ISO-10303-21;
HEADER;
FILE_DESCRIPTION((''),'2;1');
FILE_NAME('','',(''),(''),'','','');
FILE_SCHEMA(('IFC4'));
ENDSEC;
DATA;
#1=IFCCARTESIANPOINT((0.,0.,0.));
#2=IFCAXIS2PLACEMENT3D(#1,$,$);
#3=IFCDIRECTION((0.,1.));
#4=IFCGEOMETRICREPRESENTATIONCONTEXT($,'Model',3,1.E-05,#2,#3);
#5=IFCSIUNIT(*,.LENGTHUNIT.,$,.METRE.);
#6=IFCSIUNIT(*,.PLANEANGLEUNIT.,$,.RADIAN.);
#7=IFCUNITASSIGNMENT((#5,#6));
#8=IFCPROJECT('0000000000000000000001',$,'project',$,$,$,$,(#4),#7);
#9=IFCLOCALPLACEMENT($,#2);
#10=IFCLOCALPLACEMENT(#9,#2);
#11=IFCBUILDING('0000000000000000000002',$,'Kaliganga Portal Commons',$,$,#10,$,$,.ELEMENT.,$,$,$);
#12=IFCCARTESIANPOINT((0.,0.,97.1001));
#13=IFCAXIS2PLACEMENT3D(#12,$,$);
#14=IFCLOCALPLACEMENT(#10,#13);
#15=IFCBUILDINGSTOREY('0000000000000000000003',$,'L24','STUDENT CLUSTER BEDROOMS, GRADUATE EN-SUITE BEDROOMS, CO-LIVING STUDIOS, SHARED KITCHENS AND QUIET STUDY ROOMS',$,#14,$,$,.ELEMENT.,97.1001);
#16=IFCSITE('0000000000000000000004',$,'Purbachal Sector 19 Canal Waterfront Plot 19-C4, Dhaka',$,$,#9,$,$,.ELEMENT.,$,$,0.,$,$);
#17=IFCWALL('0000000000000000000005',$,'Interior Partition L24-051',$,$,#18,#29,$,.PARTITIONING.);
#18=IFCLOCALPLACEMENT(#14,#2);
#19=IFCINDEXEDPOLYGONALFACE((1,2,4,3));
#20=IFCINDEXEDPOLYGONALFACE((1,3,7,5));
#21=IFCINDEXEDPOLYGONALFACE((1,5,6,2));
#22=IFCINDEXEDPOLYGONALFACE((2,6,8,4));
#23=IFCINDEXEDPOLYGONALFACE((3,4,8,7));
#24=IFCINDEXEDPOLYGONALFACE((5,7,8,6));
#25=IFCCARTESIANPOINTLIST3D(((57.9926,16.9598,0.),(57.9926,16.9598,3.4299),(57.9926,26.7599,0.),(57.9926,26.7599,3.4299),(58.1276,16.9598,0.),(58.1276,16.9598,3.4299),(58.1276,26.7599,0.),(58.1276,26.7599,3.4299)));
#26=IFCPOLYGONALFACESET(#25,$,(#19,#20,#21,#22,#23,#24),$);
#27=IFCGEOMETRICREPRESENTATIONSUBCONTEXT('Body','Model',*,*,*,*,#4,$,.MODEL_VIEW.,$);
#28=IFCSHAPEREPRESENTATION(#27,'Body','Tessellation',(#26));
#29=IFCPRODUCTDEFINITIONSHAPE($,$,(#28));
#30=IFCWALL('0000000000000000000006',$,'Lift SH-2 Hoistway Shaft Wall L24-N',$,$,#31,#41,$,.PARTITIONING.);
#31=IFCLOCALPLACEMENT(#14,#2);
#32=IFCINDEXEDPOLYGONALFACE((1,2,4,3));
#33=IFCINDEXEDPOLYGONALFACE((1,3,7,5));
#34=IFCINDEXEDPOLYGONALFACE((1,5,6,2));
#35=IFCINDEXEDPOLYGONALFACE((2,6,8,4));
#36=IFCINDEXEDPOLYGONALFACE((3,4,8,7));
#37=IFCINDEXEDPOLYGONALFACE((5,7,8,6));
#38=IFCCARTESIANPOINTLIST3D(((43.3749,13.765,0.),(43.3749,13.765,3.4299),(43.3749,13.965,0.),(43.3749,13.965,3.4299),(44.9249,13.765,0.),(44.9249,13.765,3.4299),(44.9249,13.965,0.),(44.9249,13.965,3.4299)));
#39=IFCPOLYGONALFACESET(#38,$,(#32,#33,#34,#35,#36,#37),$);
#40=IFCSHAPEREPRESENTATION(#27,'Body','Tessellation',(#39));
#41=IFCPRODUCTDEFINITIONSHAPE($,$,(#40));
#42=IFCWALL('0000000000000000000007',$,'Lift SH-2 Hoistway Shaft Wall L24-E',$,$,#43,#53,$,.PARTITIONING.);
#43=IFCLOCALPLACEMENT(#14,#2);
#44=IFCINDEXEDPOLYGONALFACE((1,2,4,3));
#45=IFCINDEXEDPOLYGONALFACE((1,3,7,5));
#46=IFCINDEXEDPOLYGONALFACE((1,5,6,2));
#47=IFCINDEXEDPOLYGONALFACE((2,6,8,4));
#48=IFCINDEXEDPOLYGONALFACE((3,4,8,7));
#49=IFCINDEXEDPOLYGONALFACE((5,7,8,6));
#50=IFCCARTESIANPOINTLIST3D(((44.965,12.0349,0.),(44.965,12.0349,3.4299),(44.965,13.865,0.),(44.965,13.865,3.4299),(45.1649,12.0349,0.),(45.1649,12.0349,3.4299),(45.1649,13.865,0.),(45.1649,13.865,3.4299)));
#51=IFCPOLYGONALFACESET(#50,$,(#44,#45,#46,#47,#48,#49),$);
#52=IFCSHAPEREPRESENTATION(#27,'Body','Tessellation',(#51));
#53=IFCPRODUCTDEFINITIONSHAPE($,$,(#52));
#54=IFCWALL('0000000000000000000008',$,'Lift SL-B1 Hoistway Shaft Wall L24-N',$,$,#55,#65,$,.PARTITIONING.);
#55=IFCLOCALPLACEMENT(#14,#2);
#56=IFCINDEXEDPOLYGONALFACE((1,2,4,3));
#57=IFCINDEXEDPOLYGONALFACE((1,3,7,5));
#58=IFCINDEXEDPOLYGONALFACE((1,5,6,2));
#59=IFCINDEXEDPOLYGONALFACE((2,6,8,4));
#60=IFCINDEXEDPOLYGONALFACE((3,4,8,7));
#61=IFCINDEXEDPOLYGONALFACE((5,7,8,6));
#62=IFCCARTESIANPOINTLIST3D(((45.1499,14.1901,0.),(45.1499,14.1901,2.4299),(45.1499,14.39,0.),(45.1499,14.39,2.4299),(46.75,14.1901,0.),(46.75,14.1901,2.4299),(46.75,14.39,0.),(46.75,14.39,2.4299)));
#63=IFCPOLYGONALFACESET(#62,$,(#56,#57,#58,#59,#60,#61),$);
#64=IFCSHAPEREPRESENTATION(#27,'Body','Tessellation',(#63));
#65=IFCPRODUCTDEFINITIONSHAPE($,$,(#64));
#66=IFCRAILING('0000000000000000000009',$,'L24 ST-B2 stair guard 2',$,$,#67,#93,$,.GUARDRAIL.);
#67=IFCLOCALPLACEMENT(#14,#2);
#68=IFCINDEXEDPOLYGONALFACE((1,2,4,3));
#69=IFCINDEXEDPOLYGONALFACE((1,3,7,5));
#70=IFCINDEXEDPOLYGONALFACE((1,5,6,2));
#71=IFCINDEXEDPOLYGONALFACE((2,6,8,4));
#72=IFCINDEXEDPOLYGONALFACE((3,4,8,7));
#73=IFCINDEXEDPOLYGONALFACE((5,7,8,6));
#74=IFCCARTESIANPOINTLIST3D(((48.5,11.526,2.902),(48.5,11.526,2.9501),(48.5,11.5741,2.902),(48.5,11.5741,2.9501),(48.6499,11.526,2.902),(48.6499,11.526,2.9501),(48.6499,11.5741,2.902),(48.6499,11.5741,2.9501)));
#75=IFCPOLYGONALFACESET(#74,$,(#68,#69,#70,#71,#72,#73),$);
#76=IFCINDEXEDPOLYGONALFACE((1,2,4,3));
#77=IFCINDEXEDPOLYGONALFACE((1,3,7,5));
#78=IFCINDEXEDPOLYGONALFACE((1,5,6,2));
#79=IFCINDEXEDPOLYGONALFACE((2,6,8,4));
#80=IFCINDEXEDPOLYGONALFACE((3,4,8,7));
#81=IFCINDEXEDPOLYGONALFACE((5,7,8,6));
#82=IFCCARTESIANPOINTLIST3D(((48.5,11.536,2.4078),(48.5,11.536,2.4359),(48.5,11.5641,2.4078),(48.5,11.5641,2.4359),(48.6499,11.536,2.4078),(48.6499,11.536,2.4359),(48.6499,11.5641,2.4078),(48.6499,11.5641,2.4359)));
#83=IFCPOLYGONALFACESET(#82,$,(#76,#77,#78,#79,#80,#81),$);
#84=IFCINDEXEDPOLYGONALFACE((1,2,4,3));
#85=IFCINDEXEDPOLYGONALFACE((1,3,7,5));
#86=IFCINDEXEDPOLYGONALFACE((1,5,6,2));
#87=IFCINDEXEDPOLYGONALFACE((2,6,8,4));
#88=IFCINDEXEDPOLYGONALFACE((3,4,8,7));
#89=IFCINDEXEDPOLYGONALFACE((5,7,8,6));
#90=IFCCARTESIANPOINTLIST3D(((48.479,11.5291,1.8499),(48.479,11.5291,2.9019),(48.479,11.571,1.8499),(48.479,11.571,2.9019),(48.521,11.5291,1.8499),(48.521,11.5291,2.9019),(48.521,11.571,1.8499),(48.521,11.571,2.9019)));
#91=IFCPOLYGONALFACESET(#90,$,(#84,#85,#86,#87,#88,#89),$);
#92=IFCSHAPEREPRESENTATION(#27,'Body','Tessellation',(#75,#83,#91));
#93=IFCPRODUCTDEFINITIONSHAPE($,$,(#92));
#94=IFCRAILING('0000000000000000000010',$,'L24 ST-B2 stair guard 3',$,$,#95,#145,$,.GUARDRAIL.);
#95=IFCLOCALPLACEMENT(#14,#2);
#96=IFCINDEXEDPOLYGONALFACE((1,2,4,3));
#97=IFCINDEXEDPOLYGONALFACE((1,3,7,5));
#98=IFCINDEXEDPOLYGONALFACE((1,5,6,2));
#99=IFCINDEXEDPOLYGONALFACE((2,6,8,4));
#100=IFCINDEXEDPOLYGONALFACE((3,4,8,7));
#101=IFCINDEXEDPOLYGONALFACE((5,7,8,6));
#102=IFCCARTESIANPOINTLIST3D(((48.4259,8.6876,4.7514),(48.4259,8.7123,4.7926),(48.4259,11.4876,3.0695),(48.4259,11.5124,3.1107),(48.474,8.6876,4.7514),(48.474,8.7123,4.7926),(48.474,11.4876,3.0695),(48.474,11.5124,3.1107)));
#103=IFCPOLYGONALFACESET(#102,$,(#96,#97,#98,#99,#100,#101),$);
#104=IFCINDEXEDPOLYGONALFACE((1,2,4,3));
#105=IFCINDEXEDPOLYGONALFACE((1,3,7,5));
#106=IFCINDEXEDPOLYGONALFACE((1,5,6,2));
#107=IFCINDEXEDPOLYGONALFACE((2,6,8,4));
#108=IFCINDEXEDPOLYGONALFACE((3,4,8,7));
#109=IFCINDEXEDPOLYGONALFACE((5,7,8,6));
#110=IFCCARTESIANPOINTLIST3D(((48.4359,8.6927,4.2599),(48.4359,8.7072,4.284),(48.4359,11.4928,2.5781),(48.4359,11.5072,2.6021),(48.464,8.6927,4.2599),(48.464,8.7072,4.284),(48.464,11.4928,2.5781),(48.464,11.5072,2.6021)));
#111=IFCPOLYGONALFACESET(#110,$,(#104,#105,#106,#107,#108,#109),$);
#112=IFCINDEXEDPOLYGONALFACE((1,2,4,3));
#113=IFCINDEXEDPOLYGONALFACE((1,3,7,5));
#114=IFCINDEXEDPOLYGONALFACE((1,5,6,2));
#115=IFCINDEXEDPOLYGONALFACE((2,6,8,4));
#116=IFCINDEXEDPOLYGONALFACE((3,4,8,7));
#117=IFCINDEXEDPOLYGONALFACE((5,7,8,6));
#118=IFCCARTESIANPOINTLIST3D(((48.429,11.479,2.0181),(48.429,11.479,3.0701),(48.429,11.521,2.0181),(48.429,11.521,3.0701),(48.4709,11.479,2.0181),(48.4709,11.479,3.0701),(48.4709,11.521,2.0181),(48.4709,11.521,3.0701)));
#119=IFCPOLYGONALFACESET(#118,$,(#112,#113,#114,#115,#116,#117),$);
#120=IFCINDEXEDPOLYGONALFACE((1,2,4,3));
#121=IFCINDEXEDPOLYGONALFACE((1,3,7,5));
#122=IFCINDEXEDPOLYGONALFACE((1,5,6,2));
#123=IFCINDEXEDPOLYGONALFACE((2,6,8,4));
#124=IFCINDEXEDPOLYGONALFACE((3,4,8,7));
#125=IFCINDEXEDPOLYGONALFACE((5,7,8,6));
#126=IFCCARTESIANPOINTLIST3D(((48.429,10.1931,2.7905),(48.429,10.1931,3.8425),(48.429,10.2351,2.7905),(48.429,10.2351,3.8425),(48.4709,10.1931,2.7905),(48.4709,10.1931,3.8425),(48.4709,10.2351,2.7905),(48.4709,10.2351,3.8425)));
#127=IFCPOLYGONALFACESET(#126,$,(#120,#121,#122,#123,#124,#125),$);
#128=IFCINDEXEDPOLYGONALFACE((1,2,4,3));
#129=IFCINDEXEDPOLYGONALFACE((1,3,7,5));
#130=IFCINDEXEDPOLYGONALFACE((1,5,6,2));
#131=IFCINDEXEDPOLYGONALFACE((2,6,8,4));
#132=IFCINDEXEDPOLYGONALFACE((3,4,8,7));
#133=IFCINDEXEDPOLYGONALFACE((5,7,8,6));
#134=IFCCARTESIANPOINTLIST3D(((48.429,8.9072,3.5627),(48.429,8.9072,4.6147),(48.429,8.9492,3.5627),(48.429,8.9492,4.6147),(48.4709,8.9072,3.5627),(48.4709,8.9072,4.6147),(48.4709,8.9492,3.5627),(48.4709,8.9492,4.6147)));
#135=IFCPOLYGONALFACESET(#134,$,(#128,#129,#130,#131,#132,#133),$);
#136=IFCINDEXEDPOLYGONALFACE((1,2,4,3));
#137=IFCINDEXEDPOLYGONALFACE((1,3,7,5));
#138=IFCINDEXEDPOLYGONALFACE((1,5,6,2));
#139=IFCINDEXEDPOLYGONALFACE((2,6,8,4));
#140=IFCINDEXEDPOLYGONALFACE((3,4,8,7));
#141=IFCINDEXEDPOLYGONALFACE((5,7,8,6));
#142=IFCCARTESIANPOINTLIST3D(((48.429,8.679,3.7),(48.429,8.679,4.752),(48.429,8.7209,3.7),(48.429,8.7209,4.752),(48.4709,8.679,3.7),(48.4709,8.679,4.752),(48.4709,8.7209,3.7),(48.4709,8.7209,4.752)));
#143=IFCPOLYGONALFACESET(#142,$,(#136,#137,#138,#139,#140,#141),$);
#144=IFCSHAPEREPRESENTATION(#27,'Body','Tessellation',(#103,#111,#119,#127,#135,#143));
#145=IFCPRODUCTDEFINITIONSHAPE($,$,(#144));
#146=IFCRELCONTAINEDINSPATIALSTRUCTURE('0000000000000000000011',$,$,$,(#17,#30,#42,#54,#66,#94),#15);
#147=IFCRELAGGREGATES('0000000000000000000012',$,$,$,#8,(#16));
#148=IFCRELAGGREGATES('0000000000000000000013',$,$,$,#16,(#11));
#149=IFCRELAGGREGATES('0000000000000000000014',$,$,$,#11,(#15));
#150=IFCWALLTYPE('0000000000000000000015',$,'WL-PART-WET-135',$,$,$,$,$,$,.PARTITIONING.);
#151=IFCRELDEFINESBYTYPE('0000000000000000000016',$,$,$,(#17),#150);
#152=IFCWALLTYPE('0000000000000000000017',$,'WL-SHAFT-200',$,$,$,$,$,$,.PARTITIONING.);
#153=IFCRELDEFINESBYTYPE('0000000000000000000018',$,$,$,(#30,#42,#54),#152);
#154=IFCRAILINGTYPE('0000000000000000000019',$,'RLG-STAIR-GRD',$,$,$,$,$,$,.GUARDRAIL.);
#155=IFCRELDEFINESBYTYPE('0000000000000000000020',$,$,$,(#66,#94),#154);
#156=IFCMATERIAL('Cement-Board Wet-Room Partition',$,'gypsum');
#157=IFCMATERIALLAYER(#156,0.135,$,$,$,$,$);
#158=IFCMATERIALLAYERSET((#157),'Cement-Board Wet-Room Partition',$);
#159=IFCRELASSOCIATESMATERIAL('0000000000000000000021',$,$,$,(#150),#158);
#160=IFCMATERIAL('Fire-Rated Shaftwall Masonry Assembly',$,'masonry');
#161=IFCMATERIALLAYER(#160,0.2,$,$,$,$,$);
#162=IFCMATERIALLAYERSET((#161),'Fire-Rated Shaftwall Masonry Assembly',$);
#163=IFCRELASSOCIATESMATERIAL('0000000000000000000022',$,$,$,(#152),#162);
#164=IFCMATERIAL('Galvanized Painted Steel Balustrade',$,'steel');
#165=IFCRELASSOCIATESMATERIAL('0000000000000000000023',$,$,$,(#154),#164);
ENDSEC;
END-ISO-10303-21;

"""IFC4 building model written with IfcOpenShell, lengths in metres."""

from ifc_helpers import new_model, si_unit, direction, frame, frame_2d, origin, origin_2d, place, context, subcontext, project, spatial, rectangle, extrude, material, layer, layer_set, type_object, element, save


model = new_model("IFC4")

# Units and contexts
model_context = context("Model", 3, precision=1e-05, world=origin(), true_north=direction((0.0, 1.0)))
body_context = subcontext(model_context, "Body", "Model", "MODEL_VIEW")
ifc_project = project(units=[si_unit("LENGTHUNIT", "METRE"), si_unit("PLANEANGLEUNIT", "RADIAN")], contexts=[model_context])

# Site, building, storey
site_placement = place(None, origin())
site = spatial("IfcSite", under=ifc_project, at=site_placement, Name="Purbachal Sector 19 Canal Waterfront Plot 19-C4, Dhaka", CompositionType="ELEMENT", RefElevation=0.0)
building_placement = place(site_placement, origin())
building = spatial("IfcBuilding", under=site, at=building_placement, Name="Kaliganga Portal Commons", CompositionType="ELEMENT")
storey_placement = place(building_placement, frame((0.0, 0.0, 97.1001)))
storey = spatial("IfcBuildingStorey", under=building, at=storey_placement, Name="L24", Description="STUDENT CLUSTER BEDROOMS, GRADUATE EN-SUITE BEDROOMS, CO-LIVING STUDIOS, SHARED KITCHENS AND QUIET STUDY ROOMS", CompositionType="ELEMENT", Elevation=97.1001)

# Walls
ifc_material_1 = material(Name="Cement-Board Wet-Room Partition", Category="gypsum")
ifc_layer_1 = layer(ifc_material_1, 0.135)
ifc_layer_set_1 = layer_set([ifc_layer_1], Name="Cement-Board Wet-Room Partition")
wall_type_1 = type_object("IfcWallType", Name="WL-PART-WET-135", PredefinedType="PARTITIONING", material=ifc_layer_set_1)
wall_1_placement = place(storey_placement, frame((58.0601, 16.96, 0.0), z_axis=(0.0, 0.0, 1.0), x_axis=(0.0, 1.0, 0.0)))
element("IfcWall", 1, at=wall_1_placement, inside=storey, type_object=wall_type_1, Name="Interior Partition L24-051", PredefinedType="PARTITIONING", context=body_context, shape_type="SweptSolid", body=[
    extrude(rectangle(XDim=9.8, YDim=0.135, at=frame_2d((4.8999, 0.0))), origin(), (0.0, 0.0, 1.0), 3.4299),
])
ifc_material_2 = material(Name="Fire-Rated Shaftwall Masonry Assembly", Category="masonry")
ifc_layer_2 = layer(ifc_material_2, 0.2)
ifc_layer_set_2 = layer_set([ifc_layer_2], Name="Fire-Rated Shaftwall Masonry Assembly")
wall_type_2 = type_object("IfcWallType", Name="WL-SHAFT-200", PredefinedType="PARTITIONING", material=ifc_layer_set_2)
wall_2_placement = place(storey_placement, frame((43.375, 13.865, 0.0), z_axis=(0.0, 0.0, 1.0), x_axis=(1.0, 0.0, 0.0)))
element("IfcWall", 2, at=wall_2_placement, inside=storey, type_object=wall_type_2, Name="Lift SH-2 Hoistway Shaft Wall L24-N", PredefinedType="PARTITIONING", context=body_context, shape_type="SweptSolid", body=[
    extrude(rectangle(XDim=1.55, YDim=0.2, at=frame_2d((0.7749, 0.0))), origin(), (0.0, 0.0, 1.0), 3.4299),
])
wall_3_placement = place(storey_placement, frame((45.0649, 12.0349, 0.0), z_axis=(0.0, 0.0, 1.0), x_axis=(0.0, 1.0, 0.0)))
element("IfcWall", 3, at=wall_3_placement, inside=storey, type_object=wall_type_2, Name="Lift SH-2 Hoistway Shaft Wall L24-E", PredefinedType="PARTITIONING", context=body_context, shape_type="SweptSolid", body=[
    extrude(rectangle(XDim=1.8301, YDim=0.2, at=frame_2d((0.915, 0.0))), origin(), (0.0, 0.0, 1.0), 3.4299),
])

# Wall
wall_4_placement = place(storey_placement, frame((45.1499, 14.29, 0.0), z_axis=(0.0, 0.0, 1.0), x_axis=(1.0, 0.0, 0.0)))
element("IfcWall", 4, at=wall_4_placement, inside=storey, type_object=wall_type_2, Name="Lift SL-B1 Hoistway Shaft Wall L24-N", PredefinedType="PARTITIONING", context=body_context, shape_type="SweptSolid", body=[
    extrude(rectangle(XDim=1.6001, YDim=0.2, at=frame_2d((0.8, 0.0))), origin(), (0.0, 0.0, 1.0), 2.4299),
])

# Railings
ifc_material_3 = material(Name="Galvanized Painted Steel Balustrade", Category="steel")
railing_type = type_object("IfcRailingType", Name="RLG-STAIR-GRD", PredefinedType="GUARDRAIL", material=ifc_material_3)
railing_1_placement = place(storey_placement, frame((48.6499, 11.55, 1.8499)))
element("IfcRailing", 5, at=railing_1_placement, inside=storey, type_object=railing_type, Name="L24 ST-B2 stair guard 2", PredefinedType="GUARDRAIL", context=body_context, shape_type="SweptSolid", body=[
    extrude(rectangle(XDim=0.0481, YDim=0.0481, at=origin_2d()), frame((0.0, 0.0, 1.0762), z_axis=(-1.0, 0.0, 0.0), x_axis=(0.0, -1.0, 0.0)), (0.0, 0.0, 1.0), 0.1499),
    extrude(rectangle(XDim=0.0281, YDim=0.0281, at=origin_2d()), frame((0.0, 0.0, 0.572), z_axis=(-1.0, 0.0, 0.0), x_axis=(0.0, -1.0, 0.0)), (0.0, 0.0, 1.0), 0.1499),
    extrude(rectangle(XDim=0.042, YDim=0.042, at=origin_2d()), frame((-0.1499, 0.0, 0.0)), (0.0, 0.0, 1.0), 1.052),
])
railing_2_placement = place(storey_placement, frame((48.45, 11.5, 2.0181)))
element("IfcRailing", 6, at=railing_2_placement, inside=storey, type_object=railing_type, Name="L24 ST-B2 stair guard 3", PredefinedType="GUARDRAIL", context=body_context, shape_type="SweptSolid", body=[
    extrude(rectangle(XDim=0.0481, YDim=0.0481, at=origin_2d()), frame((0.0, 0.0, 1.072), z_axis=(0.0, -0.857242, 0.514913), x_axis=(1.0, 0.0, 0.0)), (0.0, 0.0, 1.0), 3.2664),
    extrude(rectangle(XDim=0.0281, YDim=0.0281, at=origin_2d()), frame((0.0, 0.0, 0.572), z_axis=(0.0, -0.857242, 0.514913), x_axis=(1.0, 0.0, 0.0)), (0.0, 0.0, 1.0), 3.2664),
    extrude(rectangle(XDim=0.042, YDim=0.042, at=origin_2d()), origin(), (0.0, 0.0, 1.0), 1.052),
    extrude(rectangle(XDim=0.042, YDim=0.042, at=origin_2d()), frame((0.0, -1.2859, 0.7725)), (0.0, 0.0, 1.0), 1.052),
    extrude(rectangle(XDim=0.042, YDim=0.042, at=origin_2d()), frame((0.0, -2.5718, 1.5447)), (0.0, 0.0, 1.0), 1.052),
    extrude(rectangle(XDim=0.042, YDim=0.042, at=origin_2d()), frame((0.0, -2.8, 1.6819)), (0.0, 0.0, 1.0), 1.052),
])

save(model, "model.ifc")
